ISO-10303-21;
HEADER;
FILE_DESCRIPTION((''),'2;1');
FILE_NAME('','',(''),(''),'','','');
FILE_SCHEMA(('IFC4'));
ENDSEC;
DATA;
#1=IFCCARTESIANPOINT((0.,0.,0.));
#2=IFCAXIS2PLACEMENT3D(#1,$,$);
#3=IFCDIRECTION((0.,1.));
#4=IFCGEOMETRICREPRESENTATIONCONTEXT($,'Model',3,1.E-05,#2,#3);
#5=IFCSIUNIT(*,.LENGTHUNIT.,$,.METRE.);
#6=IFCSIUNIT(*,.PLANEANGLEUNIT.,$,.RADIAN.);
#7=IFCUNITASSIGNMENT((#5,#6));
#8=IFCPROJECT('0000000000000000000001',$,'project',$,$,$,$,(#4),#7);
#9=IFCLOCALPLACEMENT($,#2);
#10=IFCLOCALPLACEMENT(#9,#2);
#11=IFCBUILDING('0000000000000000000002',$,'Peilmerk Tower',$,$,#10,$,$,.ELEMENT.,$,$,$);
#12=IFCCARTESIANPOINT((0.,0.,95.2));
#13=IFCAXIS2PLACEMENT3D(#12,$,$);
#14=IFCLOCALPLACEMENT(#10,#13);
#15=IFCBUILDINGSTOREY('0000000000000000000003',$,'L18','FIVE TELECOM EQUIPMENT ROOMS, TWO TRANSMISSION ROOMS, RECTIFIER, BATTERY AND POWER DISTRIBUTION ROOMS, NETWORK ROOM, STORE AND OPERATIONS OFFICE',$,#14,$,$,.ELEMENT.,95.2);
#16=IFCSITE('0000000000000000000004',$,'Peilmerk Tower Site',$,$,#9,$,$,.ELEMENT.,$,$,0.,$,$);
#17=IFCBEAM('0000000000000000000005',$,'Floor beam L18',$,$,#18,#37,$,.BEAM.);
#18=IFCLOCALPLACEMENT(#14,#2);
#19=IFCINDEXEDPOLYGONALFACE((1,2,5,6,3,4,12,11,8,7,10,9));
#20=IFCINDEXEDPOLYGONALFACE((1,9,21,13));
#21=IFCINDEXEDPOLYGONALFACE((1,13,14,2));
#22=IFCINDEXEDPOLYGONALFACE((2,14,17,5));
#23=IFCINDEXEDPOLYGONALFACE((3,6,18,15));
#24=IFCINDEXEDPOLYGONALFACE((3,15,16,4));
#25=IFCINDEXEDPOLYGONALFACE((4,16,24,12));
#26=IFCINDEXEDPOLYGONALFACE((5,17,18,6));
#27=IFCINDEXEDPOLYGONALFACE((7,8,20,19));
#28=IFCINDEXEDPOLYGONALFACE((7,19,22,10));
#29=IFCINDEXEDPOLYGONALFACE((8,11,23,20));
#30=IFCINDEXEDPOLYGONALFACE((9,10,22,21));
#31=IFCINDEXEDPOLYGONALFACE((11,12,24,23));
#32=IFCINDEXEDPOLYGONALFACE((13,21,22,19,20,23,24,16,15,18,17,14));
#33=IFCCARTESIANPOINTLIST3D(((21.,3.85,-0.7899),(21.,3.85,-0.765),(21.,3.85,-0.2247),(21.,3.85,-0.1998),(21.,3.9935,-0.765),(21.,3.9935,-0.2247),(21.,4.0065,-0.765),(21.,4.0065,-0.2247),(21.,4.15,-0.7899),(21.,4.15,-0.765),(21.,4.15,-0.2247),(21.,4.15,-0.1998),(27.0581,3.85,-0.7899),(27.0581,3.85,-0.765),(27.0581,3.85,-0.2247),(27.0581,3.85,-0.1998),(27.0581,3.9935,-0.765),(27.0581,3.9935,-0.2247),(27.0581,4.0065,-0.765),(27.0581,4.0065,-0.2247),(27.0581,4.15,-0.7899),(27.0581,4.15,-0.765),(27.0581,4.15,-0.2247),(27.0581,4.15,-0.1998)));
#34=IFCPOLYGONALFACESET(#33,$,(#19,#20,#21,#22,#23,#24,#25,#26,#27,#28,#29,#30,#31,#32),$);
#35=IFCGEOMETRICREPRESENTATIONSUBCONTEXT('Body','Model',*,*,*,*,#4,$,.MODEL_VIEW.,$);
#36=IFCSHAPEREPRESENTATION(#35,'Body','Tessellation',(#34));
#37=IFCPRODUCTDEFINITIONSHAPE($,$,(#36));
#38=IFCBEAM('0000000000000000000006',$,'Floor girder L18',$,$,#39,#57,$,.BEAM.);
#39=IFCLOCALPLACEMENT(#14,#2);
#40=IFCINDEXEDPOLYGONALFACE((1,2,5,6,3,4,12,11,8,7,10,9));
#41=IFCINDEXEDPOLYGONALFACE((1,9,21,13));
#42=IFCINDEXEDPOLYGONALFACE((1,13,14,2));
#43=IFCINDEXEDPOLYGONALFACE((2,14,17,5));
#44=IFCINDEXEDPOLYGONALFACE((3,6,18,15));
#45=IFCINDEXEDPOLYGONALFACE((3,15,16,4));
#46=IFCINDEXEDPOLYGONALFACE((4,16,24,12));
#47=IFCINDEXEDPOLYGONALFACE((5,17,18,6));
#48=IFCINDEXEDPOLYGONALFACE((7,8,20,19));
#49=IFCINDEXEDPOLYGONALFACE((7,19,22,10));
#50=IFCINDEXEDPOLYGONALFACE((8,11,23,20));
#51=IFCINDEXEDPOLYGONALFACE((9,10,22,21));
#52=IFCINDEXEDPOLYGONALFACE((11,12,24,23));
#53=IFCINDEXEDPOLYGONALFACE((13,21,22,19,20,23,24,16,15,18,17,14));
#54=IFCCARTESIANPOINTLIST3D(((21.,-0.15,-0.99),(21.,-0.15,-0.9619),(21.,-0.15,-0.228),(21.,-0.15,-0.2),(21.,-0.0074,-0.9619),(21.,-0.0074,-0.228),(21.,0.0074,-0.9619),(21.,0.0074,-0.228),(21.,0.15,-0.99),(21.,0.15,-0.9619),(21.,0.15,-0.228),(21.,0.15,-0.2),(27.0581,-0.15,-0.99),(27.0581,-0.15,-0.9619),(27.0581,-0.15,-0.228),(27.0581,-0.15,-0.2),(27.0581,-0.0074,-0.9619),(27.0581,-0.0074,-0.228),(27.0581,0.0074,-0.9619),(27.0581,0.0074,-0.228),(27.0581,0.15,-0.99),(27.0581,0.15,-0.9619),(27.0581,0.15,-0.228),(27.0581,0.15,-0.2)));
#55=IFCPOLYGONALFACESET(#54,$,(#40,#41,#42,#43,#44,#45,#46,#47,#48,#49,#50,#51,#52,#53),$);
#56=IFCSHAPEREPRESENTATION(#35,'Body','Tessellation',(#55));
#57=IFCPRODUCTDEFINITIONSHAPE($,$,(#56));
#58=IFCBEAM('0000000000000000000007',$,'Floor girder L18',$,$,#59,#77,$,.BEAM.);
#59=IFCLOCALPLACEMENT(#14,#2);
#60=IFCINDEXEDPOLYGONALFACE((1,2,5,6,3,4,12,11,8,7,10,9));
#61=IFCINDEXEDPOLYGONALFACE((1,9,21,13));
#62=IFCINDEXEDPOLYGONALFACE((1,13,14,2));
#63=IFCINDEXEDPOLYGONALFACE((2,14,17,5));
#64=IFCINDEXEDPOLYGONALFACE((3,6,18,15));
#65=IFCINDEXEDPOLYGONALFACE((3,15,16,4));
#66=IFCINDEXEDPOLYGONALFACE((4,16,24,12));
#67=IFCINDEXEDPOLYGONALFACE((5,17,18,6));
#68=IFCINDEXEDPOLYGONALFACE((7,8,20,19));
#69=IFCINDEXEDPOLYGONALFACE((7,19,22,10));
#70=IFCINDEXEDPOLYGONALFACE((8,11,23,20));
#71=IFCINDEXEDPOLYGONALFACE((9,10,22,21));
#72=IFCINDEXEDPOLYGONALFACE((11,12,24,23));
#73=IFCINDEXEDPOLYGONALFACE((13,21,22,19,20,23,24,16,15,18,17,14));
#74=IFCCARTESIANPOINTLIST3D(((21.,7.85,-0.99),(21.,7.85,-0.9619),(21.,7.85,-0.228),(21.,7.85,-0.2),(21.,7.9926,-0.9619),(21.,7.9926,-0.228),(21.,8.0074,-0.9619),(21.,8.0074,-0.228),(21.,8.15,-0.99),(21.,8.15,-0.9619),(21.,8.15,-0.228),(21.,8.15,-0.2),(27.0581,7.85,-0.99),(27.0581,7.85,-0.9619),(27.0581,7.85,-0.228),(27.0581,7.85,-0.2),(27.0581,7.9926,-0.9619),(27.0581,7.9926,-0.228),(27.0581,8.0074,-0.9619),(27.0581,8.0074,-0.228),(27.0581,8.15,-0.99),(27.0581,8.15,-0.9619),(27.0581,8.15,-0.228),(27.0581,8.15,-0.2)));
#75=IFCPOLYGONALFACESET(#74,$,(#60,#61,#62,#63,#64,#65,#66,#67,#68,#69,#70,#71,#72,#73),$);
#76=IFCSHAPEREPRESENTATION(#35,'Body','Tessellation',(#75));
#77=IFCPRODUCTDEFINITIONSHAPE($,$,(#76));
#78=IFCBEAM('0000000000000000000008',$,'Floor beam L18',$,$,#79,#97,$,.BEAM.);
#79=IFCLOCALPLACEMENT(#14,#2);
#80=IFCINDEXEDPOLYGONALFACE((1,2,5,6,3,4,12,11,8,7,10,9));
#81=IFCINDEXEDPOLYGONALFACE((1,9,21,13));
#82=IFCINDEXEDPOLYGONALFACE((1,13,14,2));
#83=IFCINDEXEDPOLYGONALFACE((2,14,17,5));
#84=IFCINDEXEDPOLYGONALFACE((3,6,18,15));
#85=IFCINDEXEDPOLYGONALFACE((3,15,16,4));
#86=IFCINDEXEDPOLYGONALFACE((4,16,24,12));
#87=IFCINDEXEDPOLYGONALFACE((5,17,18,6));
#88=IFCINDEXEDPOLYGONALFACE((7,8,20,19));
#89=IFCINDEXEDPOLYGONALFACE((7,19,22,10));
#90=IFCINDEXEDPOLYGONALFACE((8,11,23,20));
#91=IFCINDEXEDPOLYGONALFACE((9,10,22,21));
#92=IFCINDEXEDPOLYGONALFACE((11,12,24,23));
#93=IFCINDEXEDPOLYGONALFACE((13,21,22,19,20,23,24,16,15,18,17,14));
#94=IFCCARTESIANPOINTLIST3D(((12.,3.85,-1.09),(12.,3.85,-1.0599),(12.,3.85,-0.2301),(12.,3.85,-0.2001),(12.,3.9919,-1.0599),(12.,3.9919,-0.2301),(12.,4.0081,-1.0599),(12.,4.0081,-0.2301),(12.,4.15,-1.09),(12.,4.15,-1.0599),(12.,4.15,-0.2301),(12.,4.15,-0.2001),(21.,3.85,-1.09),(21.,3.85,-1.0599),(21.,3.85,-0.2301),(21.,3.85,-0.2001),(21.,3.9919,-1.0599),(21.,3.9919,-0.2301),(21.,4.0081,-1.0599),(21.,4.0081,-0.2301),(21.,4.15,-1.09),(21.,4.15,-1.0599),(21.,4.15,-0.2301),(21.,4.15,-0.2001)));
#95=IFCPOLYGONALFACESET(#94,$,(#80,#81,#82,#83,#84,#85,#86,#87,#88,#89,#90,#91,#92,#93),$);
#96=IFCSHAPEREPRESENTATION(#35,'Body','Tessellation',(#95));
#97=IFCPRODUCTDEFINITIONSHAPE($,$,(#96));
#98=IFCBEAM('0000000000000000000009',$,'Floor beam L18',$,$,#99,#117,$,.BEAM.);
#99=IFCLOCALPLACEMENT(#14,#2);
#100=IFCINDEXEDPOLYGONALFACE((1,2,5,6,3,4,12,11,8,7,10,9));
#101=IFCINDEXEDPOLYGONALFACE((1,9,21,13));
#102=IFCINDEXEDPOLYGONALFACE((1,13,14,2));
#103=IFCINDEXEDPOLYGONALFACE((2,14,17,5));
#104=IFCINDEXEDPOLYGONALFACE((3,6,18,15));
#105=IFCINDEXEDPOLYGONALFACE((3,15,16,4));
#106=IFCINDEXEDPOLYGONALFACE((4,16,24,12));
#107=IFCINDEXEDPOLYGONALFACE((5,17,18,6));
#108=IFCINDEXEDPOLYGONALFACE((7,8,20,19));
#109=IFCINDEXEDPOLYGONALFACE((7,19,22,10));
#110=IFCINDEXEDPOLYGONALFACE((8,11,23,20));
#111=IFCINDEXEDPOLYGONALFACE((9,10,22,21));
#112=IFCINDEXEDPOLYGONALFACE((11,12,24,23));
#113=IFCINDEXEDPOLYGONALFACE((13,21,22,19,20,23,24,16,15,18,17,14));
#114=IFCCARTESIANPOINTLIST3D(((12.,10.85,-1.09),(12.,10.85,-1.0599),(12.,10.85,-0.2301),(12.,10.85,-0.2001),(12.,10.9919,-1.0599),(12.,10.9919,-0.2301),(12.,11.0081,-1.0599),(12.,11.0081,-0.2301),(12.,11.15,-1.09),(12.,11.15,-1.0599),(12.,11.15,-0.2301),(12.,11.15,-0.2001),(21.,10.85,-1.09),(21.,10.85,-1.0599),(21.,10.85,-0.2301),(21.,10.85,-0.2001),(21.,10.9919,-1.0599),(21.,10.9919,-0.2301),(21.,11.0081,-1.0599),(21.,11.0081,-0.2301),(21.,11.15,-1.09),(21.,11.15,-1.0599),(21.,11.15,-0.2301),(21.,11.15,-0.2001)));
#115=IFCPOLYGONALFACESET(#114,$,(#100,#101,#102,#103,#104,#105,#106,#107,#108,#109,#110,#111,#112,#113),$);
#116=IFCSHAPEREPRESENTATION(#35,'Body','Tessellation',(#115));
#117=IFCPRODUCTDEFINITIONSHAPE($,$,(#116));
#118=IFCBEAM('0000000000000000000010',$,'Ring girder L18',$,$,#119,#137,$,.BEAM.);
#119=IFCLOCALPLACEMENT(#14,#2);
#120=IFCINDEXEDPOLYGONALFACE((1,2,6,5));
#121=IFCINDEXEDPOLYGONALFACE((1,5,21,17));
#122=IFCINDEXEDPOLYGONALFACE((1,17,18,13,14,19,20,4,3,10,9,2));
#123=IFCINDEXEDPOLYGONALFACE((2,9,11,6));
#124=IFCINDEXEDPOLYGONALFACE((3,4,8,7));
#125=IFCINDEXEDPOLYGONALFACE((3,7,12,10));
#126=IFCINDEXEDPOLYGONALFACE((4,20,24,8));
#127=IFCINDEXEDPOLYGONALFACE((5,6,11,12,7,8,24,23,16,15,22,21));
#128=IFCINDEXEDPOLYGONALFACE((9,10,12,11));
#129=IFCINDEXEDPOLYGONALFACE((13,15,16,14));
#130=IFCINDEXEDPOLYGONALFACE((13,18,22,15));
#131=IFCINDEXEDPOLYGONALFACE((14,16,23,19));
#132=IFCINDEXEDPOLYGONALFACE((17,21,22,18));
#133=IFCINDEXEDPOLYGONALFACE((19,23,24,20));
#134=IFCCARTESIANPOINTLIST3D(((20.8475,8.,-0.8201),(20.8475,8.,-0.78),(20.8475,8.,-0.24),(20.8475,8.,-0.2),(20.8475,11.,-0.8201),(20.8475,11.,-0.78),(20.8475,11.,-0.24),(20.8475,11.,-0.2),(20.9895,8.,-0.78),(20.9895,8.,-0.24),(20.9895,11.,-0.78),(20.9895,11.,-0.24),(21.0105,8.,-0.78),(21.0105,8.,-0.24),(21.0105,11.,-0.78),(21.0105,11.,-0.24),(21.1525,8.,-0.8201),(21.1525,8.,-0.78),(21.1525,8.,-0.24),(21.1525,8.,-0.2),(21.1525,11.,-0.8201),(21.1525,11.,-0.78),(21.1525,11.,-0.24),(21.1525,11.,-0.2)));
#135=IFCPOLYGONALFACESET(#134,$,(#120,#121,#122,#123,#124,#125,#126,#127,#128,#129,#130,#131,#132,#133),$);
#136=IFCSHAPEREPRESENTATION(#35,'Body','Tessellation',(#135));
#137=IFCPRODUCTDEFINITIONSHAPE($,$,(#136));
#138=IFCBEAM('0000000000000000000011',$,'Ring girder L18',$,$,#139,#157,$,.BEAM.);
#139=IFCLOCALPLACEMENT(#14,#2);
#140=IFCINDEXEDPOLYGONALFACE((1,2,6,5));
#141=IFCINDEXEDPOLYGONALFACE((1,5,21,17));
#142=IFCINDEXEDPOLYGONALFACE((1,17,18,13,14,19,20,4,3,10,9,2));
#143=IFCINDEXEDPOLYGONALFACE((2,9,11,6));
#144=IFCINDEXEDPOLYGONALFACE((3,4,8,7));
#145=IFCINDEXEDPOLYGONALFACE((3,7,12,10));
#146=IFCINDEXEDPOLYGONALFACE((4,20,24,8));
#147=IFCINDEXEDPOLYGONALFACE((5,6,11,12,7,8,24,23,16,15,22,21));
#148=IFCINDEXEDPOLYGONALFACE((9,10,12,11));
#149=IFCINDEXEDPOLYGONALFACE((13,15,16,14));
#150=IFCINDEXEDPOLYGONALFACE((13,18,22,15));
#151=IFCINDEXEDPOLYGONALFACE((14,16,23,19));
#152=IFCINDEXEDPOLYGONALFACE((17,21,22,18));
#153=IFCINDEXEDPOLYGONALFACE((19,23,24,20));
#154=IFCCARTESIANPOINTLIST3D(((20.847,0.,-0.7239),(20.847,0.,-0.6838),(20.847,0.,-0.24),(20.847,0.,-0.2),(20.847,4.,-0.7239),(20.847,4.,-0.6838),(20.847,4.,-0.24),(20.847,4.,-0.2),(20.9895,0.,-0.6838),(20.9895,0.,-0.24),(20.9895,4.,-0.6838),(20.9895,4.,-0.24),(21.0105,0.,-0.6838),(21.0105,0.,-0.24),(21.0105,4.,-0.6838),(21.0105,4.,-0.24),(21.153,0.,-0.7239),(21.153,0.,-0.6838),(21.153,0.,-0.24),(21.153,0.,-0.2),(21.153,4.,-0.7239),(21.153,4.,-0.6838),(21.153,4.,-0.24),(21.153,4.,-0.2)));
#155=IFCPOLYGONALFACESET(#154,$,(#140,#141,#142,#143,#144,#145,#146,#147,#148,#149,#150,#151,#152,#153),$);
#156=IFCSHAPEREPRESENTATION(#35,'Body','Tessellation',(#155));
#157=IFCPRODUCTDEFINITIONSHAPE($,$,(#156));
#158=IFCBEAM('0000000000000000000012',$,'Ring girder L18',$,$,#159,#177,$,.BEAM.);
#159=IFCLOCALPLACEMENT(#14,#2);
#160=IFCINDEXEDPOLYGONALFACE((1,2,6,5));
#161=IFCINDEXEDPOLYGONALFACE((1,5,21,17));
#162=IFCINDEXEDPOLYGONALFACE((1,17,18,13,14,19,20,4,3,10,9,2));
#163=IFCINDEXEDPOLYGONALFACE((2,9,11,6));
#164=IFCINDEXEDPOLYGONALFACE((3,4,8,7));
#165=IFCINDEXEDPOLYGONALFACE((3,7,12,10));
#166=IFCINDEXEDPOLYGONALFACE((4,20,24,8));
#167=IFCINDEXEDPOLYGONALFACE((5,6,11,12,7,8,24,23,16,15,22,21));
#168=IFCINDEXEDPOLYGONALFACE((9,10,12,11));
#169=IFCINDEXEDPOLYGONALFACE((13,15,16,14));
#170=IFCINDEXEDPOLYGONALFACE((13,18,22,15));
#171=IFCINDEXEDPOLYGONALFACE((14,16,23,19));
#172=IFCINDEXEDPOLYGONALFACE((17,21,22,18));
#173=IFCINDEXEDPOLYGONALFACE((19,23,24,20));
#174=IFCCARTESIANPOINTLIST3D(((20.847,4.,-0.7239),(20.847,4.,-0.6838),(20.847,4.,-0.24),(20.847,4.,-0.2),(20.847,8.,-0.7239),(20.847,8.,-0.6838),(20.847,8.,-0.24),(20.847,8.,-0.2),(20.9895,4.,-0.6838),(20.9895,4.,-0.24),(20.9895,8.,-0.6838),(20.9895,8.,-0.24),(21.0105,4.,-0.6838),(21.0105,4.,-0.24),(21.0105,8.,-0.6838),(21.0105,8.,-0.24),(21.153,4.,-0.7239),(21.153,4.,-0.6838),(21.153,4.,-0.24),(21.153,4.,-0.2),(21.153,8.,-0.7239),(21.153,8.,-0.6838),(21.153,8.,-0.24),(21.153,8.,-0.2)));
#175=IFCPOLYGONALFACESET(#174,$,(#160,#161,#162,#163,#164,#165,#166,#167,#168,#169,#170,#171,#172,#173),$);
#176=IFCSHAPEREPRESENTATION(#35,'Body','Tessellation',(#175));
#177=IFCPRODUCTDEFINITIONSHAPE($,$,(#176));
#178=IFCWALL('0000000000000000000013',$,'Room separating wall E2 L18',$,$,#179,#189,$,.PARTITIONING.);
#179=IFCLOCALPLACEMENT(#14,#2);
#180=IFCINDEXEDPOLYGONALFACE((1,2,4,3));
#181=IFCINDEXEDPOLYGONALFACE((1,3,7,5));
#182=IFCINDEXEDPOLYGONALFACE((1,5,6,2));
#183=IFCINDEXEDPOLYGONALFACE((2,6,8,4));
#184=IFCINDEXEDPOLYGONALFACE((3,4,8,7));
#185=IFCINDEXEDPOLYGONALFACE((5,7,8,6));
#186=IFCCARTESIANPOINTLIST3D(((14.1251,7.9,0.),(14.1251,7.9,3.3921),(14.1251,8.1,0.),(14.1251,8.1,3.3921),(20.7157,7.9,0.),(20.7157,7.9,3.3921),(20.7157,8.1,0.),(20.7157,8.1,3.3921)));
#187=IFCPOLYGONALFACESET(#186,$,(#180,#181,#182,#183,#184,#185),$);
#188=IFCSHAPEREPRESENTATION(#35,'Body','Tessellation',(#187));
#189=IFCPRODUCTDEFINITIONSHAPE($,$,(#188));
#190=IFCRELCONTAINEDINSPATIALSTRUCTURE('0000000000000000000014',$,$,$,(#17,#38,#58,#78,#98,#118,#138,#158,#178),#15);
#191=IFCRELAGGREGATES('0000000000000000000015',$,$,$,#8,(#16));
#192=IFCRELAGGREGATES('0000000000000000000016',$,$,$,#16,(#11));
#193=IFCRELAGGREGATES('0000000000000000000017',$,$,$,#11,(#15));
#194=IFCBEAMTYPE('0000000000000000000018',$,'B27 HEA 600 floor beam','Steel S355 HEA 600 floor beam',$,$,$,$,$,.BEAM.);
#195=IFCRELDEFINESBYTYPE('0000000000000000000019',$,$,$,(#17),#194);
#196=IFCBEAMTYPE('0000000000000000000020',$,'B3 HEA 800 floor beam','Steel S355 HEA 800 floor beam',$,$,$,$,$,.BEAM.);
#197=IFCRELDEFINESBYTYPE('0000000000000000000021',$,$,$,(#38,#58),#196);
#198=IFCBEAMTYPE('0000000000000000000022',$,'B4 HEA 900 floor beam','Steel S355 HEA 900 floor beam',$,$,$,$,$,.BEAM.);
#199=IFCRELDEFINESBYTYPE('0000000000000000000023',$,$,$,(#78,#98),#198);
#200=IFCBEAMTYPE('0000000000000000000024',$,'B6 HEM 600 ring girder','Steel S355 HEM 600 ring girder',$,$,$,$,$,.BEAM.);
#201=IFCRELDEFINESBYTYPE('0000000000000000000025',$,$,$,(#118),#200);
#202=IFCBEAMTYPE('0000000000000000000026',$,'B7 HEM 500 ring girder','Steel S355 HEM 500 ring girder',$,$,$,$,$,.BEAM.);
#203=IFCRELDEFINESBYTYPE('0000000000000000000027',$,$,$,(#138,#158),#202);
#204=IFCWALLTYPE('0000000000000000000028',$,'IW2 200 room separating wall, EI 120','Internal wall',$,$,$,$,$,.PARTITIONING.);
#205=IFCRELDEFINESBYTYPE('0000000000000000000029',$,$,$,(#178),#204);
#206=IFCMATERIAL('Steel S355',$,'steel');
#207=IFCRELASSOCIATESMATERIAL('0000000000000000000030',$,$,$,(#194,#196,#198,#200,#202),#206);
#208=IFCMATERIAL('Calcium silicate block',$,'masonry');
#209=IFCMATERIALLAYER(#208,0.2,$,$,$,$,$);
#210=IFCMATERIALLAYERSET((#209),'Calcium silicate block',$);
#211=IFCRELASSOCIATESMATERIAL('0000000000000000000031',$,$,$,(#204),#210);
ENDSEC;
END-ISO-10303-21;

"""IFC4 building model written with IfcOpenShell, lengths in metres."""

from ifc_helpers import new_model, si_unit, direction, frame, frame_2d, origin, origin_2d, place, context, subcontext, project, spatial, rectangle, i_section, extrude, material, layer, layer_set, material_profile, profile_set, type_object, element, save


model = new_model("IFC4")

# Units and contexts
model_context = context("Model", 3, precision=1e-05, world=origin(), true_north=direction((0.0, 1.0)))
body_context = subcontext(model_context, "Body", "Model", "MODEL_VIEW")
ifc_project = project(units=[si_unit("LENGTHUNIT", "METRE"), si_unit("PLANEANGLEUNIT", "RADIAN")], contexts=[model_context])

# Site, building, storey
site_placement = place(None, origin())
site = spatial("IfcSite", under=ifc_project, at=site_placement, Name="Peilmerk Tower Site", CompositionType="ELEMENT", RefElevation=0.0)
building_placement = place(site_placement, origin())
building = spatial("IfcBuilding", under=site, at=building_placement, Name="Peilmerk Tower", CompositionType="ELEMENT")
storey_placement = place(building_placement, frame((0.0, 0.0, 95.2)))
storey = spatial("IfcBuildingStorey", under=building, at=storey_placement, Name="L18", Description="FIVE TELECOM EQUIPMENT ROOMS, TWO TRANSMISSION ROOMS, RECTIFIER, BATTERY AND POWER DISTRIBUTION ROOMS, NETWORK ROOM, STORE AND OPERATIONS OFFICE", CompositionType="ELEMENT", Elevation=95.2)

# Beams
ifc_material_1 = material(Name="Steel S355", Category="steel")
ifc_material_profile_1 = material_profile(ifc_material_1, i_section(OverallWidth=0.3, OverallDepth=0.5901, WebThickness=0.0129, FlangeThickness=0.0249, at=origin_2d()), Name="HEA 600")
ifc_profile_set_1 = profile_set([ifc_material_profile_1], Name="Steel S355")
beam_type_1 = type_object("IfcBeamType", Name="B27 HEA 600 floor beam", Description="Steel S355 HEA 600 floor beam", PredefinedType="BEAM", material=ifc_profile_set_1)
beam_1_placement = place(storey_placement, frame((21.0, 4.0, -0.4949), z_axis=(1.0, 0.0, 0.0), x_axis=(0.0, 1.0, 0.0)))
element("IfcBeam", 1, at=beam_1_placement, inside=storey, type_object=beam_type_1, Name="Floor beam L18", PredefinedType="BEAM", context=body_context, shape_type="SweptSolid", body=[
    extrude(i_section(OverallWidth=0.3, OverallDepth=0.5901, WebThickness=0.0129, FlangeThickness=0.0249, at=origin_2d()), origin(), (0.0, 0.0, 1.0), 6.0581),
])
ifc_material_profile_2 = material_profile(ifc_material_1, i_section(OverallWidth=0.3, OverallDepth=0.79, WebThickness=0.0149, FlangeThickness=0.0281, at=origin_2d()), Name="HEA 800")
ifc_profile_set_2 = profile_set([ifc_material_profile_2], Name="Steel S355")
beam_type_2 = type_object("IfcBeamType", Name="B3 HEA 800 floor beam", Description="Steel S355 HEA 800 floor beam", PredefinedType="BEAM", material=ifc_profile_set_2)
for number, where, z_axis, x_axis, name in (
    (2, (21.0, 0.0, -0.595), (1.0, 0.0, 0.0), (0.0, 1.0, 0.0), "Floor girder L18"),
    (3, (21.0, 8.0, -0.595), (1.0, 0.0, 0.0), (0.0, 1.0, 0.0), "Floor girder L18"),
):
    element("IfcBeam", number, at=place(storey_placement, frame(where, z_axis=z_axis, x_axis=x_axis)), inside=storey, type_object=beam_type_2, Name=name, PredefinedType="BEAM", context=body_context, shape_type="SweptSolid", body=[
        extrude(i_section(OverallWidth=0.3, OverallDepth=0.79, WebThickness=0.0149, FlangeThickness=0.0281, at=origin_2d()), origin(), (0.0, 0.0, 1.0), 6.0581),
    ])
ifc_material_profile_3 = material_profile(ifc_material_1, i_section(OverallWidth=0.3, OverallDepth=0.8899, WebThickness=0.0161, FlangeThickness=0.03, at=origin_2d()), Name="HEA 900")
ifc_profile_set_3 = profile_set([ifc_material_profile_3], Name="Steel S355")
beam_type_3 = type_object("IfcBeamType", Name="B4 HEA 900 floor beam", Description="Steel S355 HEA 900 floor beam", PredefinedType="BEAM", material=ifc_profile_set_3)
for number, where, z_axis, x_axis, name in (
    (4, (12.0, 4.0, -0.645), (1.0, 0.0, 0.0), (0.0, 1.0, 0.0), "Floor beam L18"),
    (5, (12.0, 11.0, -0.645), (1.0, 0.0, 0.0), (0.0, 1.0, 0.0), "Floor beam L18"),
):
    element("IfcBeam", number, at=place(storey_placement, frame(where, z_axis=z_axis, x_axis=x_axis)), inside=storey, type_object=beam_type_3, Name=name, PredefinedType="BEAM", context=body_context, shape_type="SweptSolid", body=[
        extrude(i_section(OverallWidth=0.3, OverallDepth=0.8899, WebThickness=0.0161, FlangeThickness=0.03, at=origin_2d()), origin(), (0.0, 0.0, 1.0), 9.0),
    ])
ifc_material_profile_4 = material_profile(ifc_material_1, i_section(OverallWidth=0.3049, OverallDepth=0.6201, WebThickness=0.021, FlangeThickness=0.04, at=origin_2d()), Name="HEM 600")
ifc_profile_set_4 = profile_set([ifc_material_profile_4], Name="Steel S355")
beam_type_4 = type_object("IfcBeamType", Name="B6 HEM 600 ring girder", Description="Steel S355 HEM 600 ring girder", PredefinedType="BEAM", material=ifc_profile_set_4)
beam_2_placement = place(storey_placement, frame((21.0, 8.0, -0.51), z_axis=(0.0, 1.0, 0.0), x_axis=(-1.0, 0.0, 0.0)))
element("IfcBeam", 6, at=beam_2_placement, inside=storey, type_object=beam_type_4, Name="Ring girder L18", PredefinedType="BEAM", context=body_context, shape_type="SweptSolid", body=[
    extrude(i_section(OverallWidth=0.3049, OverallDepth=0.6201, WebThickness=0.021, FlangeThickness=0.04, at=origin_2d()), origin(), (0.0, 0.0, 1.0), 3.0),
])
ifc_material_profile_5 = material_profile(ifc_material_1, i_section(OverallWidth=0.3059, OverallDepth=0.5239, WebThickness=0.021, FlangeThickness=0.04, at=origin_2d()), Name="HEM 500")
ifc_profile_set_5 = profile_set([ifc_material_profile_5], Name="Steel S355")
beam_type_5 = type_object("IfcBeamType", Name="B7 HEM 500 ring girder", Description="Steel S355 HEM 500 ring girder", PredefinedType="BEAM", material=ifc_profile_set_5)
for number, where, z_axis, x_axis, name in (
    (7, (21.0, 0.0, -0.4619), (0.0, 1.0, 0.0), (-1.0, 0.0, 0.0), "Ring girder L18"),
    (8, (21.0, 4.0, -0.4619), (0.0, 1.0, 0.0), (-1.0, 0.0, 0.0), "Ring girder L18"),
):
    element("IfcBeam", number, at=place(storey_placement, frame(where, z_axis=z_axis, x_axis=x_axis)), inside=storey, type_object=beam_type_5, Name=name, PredefinedType="BEAM", context=body_context, shape_type="SweptSolid", body=[
        extrude(i_section(OverallWidth=0.3059, OverallDepth=0.5239, WebThickness=0.021, FlangeThickness=0.04, at=origin_2d()), origin(), (0.0, 0.0, 1.0), 4.0),
    ])

# Wall
ifc_material_2 = material(Name="Calcium silicate block", Category="masonry")
ifc_layer_1 = layer(ifc_material_2, 0.2)
ifc_layer_set_1 = layer_set([ifc_layer_1], Name="Calcium silicate block")
wall_type_1 = type_object("IfcWallType", Name="IW2 200 room separating wall, EI 120", Description="Internal wall", PredefinedType="PARTITIONING", material=ifc_layer_set_1)
wall_1_placement = place(storey_placement, frame((14.125, 8.0, 0.0), z_axis=(0.0, 0.0, 1.0), x_axis=(1.0, 0.0, 0.0)))
element("IfcWall", 9, at=wall_1_placement, inside=storey, type_object=wall_type_1, Name="Room separating wall E2 L18", PredefinedType="PARTITIONING", context=body_context, shape_type="SweptSolid", body=[
    extrude(rectangle(XDim=6.5906, YDim=0.2, at=frame_2d((3.2954, 0.0))), origin(), (0.0, 0.0, 1.0), 3.3921),
])

save(model, "model.ifc")
